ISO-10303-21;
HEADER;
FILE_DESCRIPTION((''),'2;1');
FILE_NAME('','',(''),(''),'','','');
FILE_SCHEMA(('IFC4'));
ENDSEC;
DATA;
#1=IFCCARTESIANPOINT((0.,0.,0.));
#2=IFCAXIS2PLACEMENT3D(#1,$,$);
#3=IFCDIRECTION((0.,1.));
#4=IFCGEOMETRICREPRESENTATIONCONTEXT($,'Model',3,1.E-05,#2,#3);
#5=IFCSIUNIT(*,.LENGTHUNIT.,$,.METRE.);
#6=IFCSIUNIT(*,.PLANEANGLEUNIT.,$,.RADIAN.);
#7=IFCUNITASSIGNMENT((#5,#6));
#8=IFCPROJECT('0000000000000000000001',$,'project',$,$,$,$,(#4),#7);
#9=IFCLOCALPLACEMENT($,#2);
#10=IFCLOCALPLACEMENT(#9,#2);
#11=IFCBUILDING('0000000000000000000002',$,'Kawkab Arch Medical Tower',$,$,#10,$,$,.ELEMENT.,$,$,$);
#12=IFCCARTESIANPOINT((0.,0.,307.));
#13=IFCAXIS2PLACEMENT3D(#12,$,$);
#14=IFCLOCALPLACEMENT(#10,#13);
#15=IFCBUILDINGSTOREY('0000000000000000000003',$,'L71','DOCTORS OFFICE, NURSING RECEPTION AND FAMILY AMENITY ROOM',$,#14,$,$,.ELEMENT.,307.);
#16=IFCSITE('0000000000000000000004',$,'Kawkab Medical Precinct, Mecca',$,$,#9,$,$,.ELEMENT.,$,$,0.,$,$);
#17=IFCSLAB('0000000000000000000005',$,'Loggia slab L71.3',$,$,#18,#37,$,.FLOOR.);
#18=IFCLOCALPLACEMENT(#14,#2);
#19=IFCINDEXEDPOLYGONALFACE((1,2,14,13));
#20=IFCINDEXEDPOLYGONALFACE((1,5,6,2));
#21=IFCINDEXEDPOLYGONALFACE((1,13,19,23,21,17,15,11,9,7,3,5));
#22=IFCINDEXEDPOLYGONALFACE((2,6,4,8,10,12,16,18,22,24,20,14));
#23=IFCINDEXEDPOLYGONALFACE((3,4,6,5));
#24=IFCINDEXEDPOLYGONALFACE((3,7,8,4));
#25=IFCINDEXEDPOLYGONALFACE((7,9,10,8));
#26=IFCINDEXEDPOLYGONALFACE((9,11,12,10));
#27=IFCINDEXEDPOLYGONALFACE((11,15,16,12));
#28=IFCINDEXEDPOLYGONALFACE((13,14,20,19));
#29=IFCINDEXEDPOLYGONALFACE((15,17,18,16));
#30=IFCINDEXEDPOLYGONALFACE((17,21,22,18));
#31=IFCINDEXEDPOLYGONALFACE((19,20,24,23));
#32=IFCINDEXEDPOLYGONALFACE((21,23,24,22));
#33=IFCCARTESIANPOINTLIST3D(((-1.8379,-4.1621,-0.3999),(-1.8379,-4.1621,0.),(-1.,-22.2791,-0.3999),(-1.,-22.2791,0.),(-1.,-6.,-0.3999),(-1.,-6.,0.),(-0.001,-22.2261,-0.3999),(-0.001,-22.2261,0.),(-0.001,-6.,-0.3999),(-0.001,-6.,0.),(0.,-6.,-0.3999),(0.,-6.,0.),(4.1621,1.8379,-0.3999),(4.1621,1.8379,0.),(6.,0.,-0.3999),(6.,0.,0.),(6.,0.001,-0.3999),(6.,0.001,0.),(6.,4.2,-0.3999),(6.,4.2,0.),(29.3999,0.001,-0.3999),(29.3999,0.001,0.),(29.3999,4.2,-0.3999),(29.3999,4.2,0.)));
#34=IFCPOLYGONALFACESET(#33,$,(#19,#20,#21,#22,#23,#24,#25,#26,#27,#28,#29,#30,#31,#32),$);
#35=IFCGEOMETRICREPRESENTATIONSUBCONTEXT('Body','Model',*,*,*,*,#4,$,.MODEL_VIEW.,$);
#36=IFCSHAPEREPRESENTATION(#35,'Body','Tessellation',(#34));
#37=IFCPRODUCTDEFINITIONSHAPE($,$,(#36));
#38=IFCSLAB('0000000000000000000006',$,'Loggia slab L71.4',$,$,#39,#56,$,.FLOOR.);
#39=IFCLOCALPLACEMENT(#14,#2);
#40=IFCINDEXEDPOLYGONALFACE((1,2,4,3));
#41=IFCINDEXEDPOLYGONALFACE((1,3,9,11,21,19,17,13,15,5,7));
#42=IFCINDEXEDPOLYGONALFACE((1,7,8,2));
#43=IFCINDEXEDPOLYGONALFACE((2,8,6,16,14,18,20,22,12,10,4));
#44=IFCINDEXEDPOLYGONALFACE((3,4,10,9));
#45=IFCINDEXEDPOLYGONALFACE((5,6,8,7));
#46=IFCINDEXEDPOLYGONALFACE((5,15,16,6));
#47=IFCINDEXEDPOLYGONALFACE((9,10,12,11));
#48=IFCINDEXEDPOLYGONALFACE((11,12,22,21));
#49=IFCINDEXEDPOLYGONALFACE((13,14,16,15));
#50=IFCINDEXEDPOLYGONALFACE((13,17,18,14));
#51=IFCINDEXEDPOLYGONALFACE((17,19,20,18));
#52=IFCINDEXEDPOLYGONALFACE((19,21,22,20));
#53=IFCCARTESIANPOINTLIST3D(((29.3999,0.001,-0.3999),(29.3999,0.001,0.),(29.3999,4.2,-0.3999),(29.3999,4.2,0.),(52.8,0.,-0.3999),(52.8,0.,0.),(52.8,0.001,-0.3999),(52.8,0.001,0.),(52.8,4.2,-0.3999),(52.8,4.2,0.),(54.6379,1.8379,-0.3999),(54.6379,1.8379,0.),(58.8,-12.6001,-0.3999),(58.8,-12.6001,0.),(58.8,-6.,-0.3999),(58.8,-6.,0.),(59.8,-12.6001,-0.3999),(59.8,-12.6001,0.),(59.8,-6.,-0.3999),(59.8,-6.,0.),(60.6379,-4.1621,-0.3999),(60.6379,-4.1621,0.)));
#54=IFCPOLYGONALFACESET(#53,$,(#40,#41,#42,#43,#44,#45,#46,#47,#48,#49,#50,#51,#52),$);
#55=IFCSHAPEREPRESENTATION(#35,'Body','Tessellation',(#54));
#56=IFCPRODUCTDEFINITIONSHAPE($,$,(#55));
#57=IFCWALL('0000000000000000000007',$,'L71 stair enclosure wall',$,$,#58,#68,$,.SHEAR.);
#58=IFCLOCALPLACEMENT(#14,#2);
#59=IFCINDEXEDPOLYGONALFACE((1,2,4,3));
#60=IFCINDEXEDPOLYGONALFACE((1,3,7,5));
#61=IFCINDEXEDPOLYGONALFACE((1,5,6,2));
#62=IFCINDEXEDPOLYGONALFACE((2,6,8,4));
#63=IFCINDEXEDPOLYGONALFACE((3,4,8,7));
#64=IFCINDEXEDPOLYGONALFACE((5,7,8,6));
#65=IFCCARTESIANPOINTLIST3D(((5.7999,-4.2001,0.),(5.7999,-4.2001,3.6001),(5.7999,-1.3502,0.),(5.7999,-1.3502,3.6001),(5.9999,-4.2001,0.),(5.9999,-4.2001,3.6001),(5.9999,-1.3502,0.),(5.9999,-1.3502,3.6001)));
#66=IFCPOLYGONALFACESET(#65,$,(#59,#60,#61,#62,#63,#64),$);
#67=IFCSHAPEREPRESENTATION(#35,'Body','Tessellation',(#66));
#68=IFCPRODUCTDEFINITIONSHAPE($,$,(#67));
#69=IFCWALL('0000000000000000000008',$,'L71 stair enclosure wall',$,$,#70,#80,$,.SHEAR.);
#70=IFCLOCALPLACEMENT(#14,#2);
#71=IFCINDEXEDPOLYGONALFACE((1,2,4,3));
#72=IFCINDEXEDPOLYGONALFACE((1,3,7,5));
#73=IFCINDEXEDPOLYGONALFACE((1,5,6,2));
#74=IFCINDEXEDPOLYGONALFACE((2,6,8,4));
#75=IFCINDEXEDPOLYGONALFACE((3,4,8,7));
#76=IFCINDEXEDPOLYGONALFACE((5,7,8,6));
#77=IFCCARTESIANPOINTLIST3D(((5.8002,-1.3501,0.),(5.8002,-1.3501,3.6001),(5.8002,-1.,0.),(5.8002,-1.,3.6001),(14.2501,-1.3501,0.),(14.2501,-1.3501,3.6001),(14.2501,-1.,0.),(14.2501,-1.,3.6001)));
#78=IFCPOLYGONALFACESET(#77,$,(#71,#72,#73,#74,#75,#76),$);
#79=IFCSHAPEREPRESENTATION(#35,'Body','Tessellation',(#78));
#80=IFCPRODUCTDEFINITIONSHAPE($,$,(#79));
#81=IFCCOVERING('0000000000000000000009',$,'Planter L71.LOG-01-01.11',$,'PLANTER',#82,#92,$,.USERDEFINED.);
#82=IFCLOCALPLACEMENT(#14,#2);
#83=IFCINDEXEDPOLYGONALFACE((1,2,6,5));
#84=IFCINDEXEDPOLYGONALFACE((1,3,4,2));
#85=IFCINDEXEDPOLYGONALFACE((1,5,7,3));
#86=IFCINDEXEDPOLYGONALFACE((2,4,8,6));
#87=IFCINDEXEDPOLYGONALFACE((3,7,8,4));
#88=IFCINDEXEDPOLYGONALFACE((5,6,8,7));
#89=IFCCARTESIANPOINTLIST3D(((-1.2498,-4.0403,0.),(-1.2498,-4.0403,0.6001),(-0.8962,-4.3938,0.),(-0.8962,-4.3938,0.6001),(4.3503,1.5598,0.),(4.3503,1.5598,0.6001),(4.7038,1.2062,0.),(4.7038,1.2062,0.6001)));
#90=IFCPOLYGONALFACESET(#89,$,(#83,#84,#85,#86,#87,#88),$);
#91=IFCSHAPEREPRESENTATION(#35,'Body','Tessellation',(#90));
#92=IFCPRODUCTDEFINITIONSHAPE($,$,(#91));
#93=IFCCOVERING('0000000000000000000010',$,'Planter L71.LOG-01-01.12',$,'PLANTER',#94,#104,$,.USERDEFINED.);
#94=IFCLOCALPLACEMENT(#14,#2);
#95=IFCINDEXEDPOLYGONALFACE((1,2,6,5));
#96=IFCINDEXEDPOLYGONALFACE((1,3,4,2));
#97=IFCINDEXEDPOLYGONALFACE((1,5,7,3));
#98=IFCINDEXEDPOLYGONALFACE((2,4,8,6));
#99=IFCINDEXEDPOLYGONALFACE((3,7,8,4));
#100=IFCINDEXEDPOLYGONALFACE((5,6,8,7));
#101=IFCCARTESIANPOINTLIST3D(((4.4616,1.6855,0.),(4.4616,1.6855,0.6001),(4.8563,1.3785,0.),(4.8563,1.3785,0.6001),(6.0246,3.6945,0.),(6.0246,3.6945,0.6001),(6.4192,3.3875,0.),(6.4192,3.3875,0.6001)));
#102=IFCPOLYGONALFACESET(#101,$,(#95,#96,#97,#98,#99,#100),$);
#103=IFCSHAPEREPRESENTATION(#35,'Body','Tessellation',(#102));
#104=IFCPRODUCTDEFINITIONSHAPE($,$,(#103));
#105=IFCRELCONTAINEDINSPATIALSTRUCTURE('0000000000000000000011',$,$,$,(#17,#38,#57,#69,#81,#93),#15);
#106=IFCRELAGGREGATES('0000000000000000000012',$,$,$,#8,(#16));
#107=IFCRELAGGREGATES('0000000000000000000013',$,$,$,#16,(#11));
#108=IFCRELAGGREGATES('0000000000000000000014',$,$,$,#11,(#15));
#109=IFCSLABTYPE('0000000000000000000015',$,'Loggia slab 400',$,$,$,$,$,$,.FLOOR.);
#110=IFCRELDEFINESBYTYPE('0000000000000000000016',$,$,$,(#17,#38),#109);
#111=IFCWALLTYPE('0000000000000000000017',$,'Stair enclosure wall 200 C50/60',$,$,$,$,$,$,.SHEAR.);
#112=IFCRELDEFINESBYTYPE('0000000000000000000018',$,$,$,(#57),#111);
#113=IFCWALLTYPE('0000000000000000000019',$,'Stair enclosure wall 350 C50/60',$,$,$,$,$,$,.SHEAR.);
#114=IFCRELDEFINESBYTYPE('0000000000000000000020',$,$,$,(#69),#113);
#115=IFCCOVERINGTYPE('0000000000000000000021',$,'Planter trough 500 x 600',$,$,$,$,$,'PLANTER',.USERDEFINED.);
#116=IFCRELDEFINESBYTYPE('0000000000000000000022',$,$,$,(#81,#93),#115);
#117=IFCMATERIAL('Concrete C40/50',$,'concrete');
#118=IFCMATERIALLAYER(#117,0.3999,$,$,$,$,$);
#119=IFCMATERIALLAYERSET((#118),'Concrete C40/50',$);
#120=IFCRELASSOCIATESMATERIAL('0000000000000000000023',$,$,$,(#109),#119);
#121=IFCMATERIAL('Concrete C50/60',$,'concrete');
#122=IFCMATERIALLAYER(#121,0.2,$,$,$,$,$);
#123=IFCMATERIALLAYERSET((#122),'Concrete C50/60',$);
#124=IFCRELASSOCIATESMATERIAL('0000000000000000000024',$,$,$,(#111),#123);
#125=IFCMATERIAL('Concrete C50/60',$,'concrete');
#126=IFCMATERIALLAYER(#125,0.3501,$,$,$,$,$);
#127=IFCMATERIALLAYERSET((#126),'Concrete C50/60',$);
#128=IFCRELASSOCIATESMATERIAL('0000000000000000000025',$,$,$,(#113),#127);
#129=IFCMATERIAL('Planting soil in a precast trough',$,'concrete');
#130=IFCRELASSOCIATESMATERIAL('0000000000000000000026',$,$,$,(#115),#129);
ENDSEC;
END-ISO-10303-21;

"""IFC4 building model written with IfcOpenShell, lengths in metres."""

from ifc_helpers import new_model, si_unit, direction, frame, frame_2d, origin, origin_2d, place, context, subcontext, project, spatial, polyline, rectangle, outline, extrude, material, layer, layer_set, material_profile, profile_set, type_object, element, save


model = new_model("IFC4")

# Units and contexts
model_context = context("Model", 3, precision=1e-05, world=origin(), true_north=direction((0.0, 1.0)))
body_context = subcontext(model_context, "Body", "Model", "MODEL_VIEW")
ifc_project = project(units=[si_unit("LENGTHUNIT", "METRE"), si_unit("PLANEANGLEUNIT", "RADIAN")], contexts=[model_context])

# Site, building, storey
site_placement = place(None, origin())
site = spatial("IfcSite", under=ifc_project, at=site_placement, Name="Kawkab Medical Precinct, Mecca", CompositionType="ELEMENT", RefElevation=0.0)
building_placement = place(site_placement, origin())
building = spatial("IfcBuilding", under=site, at=building_placement, Name="Kawkab Arch Medical Tower", CompositionType="ELEMENT")
storey_placement = place(building_placement, frame((0.0, 0.0, 307.0)))
storey = spatial("IfcBuildingStorey", under=building, at=storey_placement, Name="L71", Description="DOCTORS OFFICE, NURSING RECEPTION AND FAMILY AMENITY ROOM", CompositionType="ELEMENT", Elevation=307.0)

# Slabs
ifc_material_1 = material(Name="Concrete C40/50", Category="concrete")
ifc_layer_1 = layer(ifc_material_1, 0.3999)
ifc_layer_set_1 = layer_set([ifc_layer_1], Name="Concrete C40/50")
slab_type_1 = type_object("IfcSlabType", Name="Loggia slab 400", PredefinedType="FLOOR", material=ifc_layer_set_1)
placement_1 = place(storey_placement, frame((0.0, 0.0, -0.3999)))
element("IfcSlab", 1, at=placement_1, inside=storey, type_object=slab_type_1, Name="Loggia slab L71.3", PredefinedType="FLOOR", context=body_context, shape_type="SweptSolid", body=[
    extrude(outline(polyline([(-1.8379, -4.1621), (4.1621, 1.8379), (6.0, 4.2), (29.3999, 4.2), (29.3999, 0.001), (6.0, 0.001), (6.0, 0.0), (0.0, -6.0), (-0.001, -6.0), (-0.001, -22.2261), (-1.0, -22.2791), (-1.0, -6.0), (-1.8379, -4.1621)])), origin(), (0.0, 0.0, 1.0), 0.3999),
])
element("IfcSlab", 2, at=placement_1, inside=storey, type_object=slab_type_1, Name="Loggia slab L71.4", PredefinedType="FLOOR", context=body_context, shape_type="SweptSolid", body=[
    extrude(outline(polyline([(54.6379, 1.8379), (60.6379, -4.1621), (59.8, -6.0), (59.8, -12.6001), (58.8, -12.6001), (58.8, -6.0), (52.8, 0.0), (52.8, 0.001), (29.3999, 0.001), (29.3999, 4.2), (52.8, 4.2), (54.6379, 1.8379)])), origin(), (0.0, 0.0, 1.0), 0.3999),
])

# Walls
ifc_material_2 = material(Name="Concrete C50/60", Category="concrete")
ifc_layer_2 = layer(ifc_material_2, 0.2)
ifc_layer_set_2 = layer_set([ifc_layer_2], Name="Concrete C50/60")
wall_type_1 = type_object("IfcWallType", Name="Stair enclosure wall 200 C50/60", PredefinedType="SHEAR", material=ifc_layer_set_2)
wall_1_placement = place(storey_placement, frame((5.8999, -4.2, 0.0), z_axis=(0.0, 0.0, 1.0), x_axis=(0.0, 1.0, 0.0)))
element("IfcWall", 3, at=wall_1_placement, inside=storey, type_object=wall_type_1, Name="L71 stair enclosure wall", PredefinedType="SHEAR", context=body_context, shape_type="SweptSolid", body=[
    extrude(rectangle(XDim=2.8499, YDim=0.2, at=frame_2d((1.4248, 0.0))), origin(), (0.0, 0.0, 1.0), 3.6001),
])
ifc_material_3 = material(Name="Concrete C50/60", Category="concrete")
ifc_layer_3 = layer(ifc_material_3, 0.3501)
ifc_layer_set_3 = layer_set([ifc_layer_3], Name="Concrete C50/60")
wall_type_2 = type_object("IfcWallType", Name="Stair enclosure wall 350 C50/60", PredefinedType="SHEAR", material=ifc_layer_set_3)
wall_2_placement = place(storey_placement, frame((5.8, -1.175, 0.0), z_axis=(0.0, 0.0, 1.0), x_axis=(1.0, 0.0, 0.0)))
element("IfcWall", 4, at=wall_2_placement, inside=storey, type_object=wall_type_2, Name="L71 stair enclosure wall", PredefinedType="SHEAR", context=body_context, shape_type="SweptSolid", body=[
    extrude(rectangle(XDim=8.45, YDim=0.3501, at=frame_2d((4.2251, 0.0))), origin(), (0.0, 0.0, 1.0), 3.6001),
])

# Coverings
ifc_material_4 = material(Name="Planting soil in a precast trough", Category="concrete")
ifc_material_profile_1 = material_profile(ifc_material_4, rectangle(XDim=0.5, YDim=0.6001, at=origin_2d()), Name="Trough 500x600")
ifc_profile_set_1 = profile_set([ifc_material_profile_1], Name="Planting soil in a precast trough")
covering_type = type_object("IfcCoveringType", Name="Planter trough 500 x 600", ElementType="PLANTER", PredefinedType="USERDEFINED", material=ifc_profile_set_1)
covering_1_placement = place(storey_placement, frame((-1.073, -4.217, 0.3), z_axis=(0.707107, 0.707107, 0.0), x_axis=(-0.707107, 0.707107, 0.0)))
element("IfcCovering", 5, at=covering_1_placement, inside=storey, type_object=covering_type, Name="Planter L71.LOG-01-01.11", ObjectType="PLANTER", PredefinedType="USERDEFINED", context=body_context, shape_type="SweptSolid", body=[
    extrude(rectangle(XDim=0.5, YDim=0.6001, at=origin_2d()), origin(), (0.0, 0.0, 1.0), 7.9197),
])
covering_2_placement = place(storey_placement, frame((4.6589, 1.532, 0.3), z_axis=(0.61404, 0.789275, 0.0), x_axis=(-0.789275, 0.61404, 0.0)))
element("IfcCovering", 6, at=covering_2_placement, inside=storey, type_object=covering_type, Name="Planter L71.LOG-01-01.12", ObjectType="PLANTER", PredefinedType="USERDEFINED", context=body_context, shape_type="SweptSolid", body=[
    extrude(rectangle(XDim=0.5, YDim=0.6001, at=origin_2d()), origin(), (0.0, 0.0, 1.0), 2.5454),
])

save(model, "model.ifc")
